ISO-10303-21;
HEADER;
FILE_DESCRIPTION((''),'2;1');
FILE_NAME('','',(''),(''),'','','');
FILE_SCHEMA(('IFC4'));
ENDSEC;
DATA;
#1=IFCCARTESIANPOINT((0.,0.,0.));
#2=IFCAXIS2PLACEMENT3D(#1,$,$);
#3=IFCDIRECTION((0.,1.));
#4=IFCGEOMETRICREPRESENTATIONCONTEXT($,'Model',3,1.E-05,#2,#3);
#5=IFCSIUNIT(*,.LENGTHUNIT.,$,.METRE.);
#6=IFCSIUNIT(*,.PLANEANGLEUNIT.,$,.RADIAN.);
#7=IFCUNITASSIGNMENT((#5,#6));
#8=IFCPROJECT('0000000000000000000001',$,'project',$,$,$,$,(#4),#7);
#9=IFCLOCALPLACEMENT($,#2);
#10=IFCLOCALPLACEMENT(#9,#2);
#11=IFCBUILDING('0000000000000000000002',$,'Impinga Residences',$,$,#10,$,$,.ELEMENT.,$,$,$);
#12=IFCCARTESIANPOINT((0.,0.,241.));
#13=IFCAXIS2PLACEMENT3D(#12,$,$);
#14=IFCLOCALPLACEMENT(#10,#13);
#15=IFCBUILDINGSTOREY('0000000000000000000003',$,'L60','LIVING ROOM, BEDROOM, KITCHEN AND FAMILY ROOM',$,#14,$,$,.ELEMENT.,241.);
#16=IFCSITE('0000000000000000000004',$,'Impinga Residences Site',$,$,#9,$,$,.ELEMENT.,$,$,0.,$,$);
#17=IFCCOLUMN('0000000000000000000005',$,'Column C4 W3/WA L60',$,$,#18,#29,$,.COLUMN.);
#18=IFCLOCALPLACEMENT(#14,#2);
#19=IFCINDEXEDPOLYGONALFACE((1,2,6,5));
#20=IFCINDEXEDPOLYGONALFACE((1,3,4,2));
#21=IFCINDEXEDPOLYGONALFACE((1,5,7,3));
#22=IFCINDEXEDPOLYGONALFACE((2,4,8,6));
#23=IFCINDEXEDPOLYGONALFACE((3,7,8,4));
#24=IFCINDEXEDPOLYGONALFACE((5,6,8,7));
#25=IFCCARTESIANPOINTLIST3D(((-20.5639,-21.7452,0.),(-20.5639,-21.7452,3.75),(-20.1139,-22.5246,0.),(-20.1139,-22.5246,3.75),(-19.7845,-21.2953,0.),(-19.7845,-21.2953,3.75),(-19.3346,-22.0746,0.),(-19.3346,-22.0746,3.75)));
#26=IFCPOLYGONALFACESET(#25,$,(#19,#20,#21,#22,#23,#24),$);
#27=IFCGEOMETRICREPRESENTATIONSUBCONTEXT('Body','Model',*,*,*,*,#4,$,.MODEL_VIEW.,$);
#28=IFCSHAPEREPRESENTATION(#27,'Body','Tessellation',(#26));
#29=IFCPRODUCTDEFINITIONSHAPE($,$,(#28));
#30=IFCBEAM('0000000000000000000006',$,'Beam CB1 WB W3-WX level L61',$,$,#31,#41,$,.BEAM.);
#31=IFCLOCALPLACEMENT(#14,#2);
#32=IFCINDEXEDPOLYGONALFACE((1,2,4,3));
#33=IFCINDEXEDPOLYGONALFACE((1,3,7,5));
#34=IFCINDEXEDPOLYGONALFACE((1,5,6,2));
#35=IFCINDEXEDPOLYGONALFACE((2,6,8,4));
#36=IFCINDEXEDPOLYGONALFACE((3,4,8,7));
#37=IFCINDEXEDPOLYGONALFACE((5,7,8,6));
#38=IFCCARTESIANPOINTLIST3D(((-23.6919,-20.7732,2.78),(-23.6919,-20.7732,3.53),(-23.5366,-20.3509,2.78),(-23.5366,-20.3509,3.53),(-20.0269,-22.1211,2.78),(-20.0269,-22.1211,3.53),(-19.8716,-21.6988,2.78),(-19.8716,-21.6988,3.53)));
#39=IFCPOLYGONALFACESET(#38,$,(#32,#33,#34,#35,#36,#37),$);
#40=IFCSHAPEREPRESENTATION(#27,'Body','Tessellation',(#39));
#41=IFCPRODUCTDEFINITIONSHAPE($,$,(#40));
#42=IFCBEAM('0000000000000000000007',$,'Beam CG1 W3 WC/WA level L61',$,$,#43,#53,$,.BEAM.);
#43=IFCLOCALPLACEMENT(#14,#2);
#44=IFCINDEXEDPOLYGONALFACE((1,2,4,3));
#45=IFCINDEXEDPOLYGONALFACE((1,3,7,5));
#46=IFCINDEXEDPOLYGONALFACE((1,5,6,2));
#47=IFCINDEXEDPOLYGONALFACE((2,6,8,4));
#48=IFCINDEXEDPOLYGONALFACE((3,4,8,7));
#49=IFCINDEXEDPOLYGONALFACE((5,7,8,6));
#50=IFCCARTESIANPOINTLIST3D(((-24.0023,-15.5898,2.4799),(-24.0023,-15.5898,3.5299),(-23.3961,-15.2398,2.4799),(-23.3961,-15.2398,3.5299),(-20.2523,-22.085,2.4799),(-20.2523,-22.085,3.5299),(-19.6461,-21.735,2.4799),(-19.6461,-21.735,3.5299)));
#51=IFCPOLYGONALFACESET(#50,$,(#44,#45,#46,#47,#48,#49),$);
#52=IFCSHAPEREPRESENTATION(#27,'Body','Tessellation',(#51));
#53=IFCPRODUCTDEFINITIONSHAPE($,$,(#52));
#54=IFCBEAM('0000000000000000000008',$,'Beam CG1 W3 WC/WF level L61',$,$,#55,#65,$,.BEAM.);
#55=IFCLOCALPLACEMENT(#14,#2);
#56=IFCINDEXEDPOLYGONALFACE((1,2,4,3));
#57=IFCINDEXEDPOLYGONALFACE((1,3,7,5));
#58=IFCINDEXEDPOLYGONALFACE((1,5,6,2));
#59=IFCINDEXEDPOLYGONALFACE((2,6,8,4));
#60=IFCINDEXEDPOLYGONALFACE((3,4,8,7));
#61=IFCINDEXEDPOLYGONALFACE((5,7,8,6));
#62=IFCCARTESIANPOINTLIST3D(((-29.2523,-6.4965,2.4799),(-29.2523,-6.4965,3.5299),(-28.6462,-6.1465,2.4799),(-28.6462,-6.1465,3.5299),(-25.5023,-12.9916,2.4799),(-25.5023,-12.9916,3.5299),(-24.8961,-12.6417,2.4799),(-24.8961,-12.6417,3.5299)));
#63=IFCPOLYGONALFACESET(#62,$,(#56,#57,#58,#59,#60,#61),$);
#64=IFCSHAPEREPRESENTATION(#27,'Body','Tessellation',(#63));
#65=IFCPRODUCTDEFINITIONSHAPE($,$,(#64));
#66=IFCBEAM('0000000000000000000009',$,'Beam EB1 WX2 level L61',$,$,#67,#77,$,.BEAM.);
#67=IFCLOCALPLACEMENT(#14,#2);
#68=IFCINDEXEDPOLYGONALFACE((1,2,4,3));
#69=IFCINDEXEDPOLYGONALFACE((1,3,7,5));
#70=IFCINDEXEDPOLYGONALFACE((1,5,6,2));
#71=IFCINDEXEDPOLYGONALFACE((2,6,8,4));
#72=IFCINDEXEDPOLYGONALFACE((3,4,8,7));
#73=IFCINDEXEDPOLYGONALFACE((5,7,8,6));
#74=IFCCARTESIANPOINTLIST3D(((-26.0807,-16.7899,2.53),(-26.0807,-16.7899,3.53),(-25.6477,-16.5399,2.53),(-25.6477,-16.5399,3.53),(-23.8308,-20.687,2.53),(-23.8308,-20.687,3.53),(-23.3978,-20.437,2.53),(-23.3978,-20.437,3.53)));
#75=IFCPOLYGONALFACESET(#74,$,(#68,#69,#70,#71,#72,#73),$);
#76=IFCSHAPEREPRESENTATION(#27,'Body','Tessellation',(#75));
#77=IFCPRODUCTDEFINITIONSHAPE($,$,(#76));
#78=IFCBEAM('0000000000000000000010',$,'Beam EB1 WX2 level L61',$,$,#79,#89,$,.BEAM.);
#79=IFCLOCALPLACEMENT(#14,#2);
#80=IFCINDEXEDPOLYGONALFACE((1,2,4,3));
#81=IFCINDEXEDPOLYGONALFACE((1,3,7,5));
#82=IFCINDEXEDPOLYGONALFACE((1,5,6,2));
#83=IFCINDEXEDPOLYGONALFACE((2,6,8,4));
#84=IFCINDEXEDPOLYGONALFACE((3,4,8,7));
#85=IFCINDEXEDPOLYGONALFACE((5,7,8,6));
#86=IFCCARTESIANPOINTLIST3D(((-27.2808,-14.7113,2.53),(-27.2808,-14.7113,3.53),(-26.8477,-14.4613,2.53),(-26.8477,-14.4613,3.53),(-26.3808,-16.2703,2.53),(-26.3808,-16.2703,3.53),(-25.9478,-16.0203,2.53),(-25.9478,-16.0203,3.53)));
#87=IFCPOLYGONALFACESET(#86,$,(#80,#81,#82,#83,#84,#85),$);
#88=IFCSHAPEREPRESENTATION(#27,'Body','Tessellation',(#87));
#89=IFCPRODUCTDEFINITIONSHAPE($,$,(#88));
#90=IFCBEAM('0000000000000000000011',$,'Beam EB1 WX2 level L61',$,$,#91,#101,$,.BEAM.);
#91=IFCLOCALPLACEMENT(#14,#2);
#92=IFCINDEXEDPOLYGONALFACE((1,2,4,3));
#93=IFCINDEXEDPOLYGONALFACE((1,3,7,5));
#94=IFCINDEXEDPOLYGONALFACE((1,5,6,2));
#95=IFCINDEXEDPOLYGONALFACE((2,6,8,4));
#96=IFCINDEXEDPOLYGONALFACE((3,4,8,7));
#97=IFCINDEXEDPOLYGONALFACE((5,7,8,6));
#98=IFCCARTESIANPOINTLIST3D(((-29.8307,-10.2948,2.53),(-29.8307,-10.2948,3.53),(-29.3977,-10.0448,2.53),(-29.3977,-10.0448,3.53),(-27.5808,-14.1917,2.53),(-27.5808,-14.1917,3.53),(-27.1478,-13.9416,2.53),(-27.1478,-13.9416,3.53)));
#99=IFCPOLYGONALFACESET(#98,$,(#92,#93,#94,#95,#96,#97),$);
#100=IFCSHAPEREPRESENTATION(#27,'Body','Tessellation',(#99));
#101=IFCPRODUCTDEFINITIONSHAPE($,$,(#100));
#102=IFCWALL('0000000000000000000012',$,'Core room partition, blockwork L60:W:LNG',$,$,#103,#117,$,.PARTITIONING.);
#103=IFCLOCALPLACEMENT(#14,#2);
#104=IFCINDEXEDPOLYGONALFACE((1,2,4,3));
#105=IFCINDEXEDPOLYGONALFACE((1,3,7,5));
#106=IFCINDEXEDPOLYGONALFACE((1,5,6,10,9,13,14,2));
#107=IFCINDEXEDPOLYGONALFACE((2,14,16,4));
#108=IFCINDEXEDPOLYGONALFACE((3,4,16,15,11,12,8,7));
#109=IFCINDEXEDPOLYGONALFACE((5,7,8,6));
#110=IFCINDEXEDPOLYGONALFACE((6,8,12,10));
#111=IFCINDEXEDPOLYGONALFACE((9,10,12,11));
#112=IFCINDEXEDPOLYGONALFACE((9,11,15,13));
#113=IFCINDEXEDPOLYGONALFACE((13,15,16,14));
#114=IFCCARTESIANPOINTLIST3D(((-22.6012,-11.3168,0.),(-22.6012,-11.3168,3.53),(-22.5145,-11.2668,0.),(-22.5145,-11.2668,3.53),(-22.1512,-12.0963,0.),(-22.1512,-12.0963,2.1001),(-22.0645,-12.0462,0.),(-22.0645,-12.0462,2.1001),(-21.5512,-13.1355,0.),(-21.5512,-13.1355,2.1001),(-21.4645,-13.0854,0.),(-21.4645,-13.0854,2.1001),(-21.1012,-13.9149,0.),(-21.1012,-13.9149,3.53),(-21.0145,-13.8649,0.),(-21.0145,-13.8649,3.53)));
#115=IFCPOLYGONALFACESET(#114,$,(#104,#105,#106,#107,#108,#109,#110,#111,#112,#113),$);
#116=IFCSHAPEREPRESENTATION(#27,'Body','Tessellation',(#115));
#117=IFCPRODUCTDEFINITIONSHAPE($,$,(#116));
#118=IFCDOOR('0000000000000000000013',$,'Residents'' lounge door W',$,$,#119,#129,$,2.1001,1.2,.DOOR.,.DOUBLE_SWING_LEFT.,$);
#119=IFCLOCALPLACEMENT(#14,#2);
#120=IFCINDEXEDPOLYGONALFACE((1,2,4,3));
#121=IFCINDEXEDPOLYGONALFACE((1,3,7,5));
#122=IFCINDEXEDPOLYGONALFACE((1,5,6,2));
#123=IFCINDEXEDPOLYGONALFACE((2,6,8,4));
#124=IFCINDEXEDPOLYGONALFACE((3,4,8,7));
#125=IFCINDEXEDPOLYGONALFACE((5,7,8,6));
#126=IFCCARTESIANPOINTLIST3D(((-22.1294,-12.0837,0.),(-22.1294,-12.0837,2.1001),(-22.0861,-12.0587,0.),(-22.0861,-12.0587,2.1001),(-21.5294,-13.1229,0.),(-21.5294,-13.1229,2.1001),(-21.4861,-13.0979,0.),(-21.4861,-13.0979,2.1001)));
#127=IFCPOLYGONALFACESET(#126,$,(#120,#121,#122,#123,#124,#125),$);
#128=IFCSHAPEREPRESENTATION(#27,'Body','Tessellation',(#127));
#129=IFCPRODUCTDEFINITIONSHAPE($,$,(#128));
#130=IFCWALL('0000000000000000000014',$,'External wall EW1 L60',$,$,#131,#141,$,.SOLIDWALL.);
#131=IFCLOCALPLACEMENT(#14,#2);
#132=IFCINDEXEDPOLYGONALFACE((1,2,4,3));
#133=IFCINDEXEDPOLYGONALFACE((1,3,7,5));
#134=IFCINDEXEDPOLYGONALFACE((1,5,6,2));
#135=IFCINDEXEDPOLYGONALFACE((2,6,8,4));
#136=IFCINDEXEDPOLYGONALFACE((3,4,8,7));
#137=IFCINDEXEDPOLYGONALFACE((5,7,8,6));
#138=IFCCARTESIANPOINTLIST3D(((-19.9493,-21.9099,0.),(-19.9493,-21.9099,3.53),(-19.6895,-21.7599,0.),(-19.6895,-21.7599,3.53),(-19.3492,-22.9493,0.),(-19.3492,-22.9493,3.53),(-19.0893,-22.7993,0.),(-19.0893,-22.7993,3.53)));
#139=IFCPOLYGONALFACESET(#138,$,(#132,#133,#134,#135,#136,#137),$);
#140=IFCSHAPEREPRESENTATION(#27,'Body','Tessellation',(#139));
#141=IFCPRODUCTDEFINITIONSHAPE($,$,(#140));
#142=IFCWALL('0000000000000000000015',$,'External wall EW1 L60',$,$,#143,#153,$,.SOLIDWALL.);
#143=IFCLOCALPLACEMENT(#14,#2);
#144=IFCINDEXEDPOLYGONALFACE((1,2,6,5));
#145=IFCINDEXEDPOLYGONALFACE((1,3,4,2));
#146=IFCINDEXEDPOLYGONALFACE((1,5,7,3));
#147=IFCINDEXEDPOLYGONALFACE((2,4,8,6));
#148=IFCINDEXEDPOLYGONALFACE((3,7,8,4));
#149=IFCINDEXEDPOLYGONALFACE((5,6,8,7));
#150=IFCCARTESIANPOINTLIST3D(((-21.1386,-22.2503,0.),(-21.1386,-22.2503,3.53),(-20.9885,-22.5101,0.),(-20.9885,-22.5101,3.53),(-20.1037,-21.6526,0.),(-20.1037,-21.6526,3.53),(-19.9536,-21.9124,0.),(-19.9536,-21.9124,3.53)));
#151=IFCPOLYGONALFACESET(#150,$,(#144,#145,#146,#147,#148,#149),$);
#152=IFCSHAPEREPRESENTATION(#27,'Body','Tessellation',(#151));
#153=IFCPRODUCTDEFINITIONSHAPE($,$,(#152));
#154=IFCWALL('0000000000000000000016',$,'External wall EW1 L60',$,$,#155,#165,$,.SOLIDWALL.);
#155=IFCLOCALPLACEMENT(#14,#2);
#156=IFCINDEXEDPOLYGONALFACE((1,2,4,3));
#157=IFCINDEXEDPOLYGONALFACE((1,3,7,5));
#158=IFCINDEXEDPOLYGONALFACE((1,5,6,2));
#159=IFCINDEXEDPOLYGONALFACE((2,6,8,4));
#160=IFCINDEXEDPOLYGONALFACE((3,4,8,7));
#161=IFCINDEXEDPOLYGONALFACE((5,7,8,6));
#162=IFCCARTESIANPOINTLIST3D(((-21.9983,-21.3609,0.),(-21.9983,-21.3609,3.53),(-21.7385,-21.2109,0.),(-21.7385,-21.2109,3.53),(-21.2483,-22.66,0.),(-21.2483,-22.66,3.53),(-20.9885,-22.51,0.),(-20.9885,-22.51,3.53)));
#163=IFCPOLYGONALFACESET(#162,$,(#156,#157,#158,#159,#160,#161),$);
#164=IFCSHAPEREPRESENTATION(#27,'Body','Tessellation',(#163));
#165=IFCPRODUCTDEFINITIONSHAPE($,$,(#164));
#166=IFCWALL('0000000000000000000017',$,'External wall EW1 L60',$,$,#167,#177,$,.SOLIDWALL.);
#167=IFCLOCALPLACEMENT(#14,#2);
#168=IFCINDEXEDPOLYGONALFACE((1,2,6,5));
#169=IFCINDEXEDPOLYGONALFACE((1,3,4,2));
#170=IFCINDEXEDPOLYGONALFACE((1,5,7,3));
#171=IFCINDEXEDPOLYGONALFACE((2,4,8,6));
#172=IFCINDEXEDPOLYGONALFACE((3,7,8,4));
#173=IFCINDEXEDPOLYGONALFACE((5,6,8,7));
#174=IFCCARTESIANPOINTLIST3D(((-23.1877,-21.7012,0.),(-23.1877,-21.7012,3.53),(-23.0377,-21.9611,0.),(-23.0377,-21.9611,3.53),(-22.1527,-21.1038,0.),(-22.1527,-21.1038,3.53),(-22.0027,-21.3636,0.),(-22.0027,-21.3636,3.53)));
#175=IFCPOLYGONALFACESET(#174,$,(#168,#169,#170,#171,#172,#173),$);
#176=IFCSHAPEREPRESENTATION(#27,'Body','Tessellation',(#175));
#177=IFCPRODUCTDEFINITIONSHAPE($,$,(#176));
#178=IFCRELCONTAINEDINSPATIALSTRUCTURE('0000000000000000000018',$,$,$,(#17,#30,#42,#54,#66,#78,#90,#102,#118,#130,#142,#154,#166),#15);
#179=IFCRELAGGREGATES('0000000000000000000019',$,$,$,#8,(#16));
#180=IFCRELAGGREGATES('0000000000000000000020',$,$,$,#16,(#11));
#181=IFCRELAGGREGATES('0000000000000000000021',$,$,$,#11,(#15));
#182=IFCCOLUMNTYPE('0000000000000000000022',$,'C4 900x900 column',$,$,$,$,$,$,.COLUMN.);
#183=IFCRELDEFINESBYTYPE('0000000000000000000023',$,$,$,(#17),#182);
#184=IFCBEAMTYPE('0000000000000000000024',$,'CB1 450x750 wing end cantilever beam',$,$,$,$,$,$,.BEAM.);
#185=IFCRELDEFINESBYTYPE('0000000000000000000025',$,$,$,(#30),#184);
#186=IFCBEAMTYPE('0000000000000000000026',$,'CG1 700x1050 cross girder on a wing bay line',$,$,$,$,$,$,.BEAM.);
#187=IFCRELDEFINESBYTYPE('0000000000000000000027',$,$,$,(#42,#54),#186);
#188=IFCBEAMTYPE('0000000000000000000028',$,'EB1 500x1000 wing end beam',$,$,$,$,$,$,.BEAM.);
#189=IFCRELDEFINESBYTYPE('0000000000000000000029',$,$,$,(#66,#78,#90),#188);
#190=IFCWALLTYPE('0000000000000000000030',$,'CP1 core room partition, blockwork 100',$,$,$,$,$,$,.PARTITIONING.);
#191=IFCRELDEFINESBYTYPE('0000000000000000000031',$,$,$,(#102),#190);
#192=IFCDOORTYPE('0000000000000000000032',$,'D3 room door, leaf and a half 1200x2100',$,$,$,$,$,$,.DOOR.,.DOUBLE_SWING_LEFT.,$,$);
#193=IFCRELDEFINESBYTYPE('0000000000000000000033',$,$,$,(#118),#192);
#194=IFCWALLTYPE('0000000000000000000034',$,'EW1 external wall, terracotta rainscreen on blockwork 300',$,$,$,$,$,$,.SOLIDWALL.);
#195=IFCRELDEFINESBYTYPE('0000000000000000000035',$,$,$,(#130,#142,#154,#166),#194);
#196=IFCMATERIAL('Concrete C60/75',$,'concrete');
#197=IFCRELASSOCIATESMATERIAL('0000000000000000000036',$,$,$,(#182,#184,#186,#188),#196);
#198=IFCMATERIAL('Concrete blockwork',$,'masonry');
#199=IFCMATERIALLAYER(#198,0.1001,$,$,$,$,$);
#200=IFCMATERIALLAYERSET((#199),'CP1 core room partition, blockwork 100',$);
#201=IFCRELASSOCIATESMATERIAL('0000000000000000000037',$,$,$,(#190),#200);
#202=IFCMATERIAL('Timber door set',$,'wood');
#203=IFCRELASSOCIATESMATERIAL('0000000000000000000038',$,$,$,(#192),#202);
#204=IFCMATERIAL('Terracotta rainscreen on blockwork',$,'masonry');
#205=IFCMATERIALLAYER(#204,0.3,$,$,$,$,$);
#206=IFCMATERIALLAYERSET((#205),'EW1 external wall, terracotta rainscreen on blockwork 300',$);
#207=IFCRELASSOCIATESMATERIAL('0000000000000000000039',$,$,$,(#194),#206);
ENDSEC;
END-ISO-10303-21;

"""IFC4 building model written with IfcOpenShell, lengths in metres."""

from ifc_helpers import new_model, si_unit, direction, frame, frame_2d, origin, origin_2d, place, context, subcontext, project, spatial, rectangle, extrude, material, layer, layer_set, material_profile, profile_set, type_object, element, fill, save


model = new_model("IFC4")

# Units and contexts
model_context = context("Model", 3, precision=1e-05, world=origin(), true_north=direction((0.0, 1.0)))
body_context = subcontext(model_context, "Body", "Model", "MODEL_VIEW")
ifc_project = project(units=[si_unit("LENGTHUNIT", "METRE"), si_unit("PLANEANGLEUNIT", "RADIAN")], contexts=[model_context])

# Site, building, storey
site_placement = place(None, origin())
site = spatial("IfcSite", under=ifc_project, at=site_placement, Name="Impinga Residences Site", CompositionType="ELEMENT", RefElevation=0.0)
building_placement = place(site_placement, origin())
building = spatial("IfcBuilding", under=site, at=building_placement, Name="Impinga Residences", CompositionType="ELEMENT")
storey_placement = place(building_placement, frame((0.0, 0.0, 241.0)))
storey = spatial("IfcBuildingStorey", under=building, at=storey_placement, Name="L60", Description="LIVING ROOM, BEDROOM, KITCHEN AND FAMILY ROOM", CompositionType="ELEMENT", Elevation=241.0)

# Column
ifc_material_1 = material(Name="Concrete C60/75", Category="concrete")
ifc_material_profile_1 = material_profile(ifc_material_1, rectangle(XDim=0.8999, YDim=0.8999, at=origin_2d()), Name="RC 900x900")
ifc_profile_set_1 = profile_set([ifc_material_profile_1], Name="Concrete C60/75")
column_type = type_object("IfcColumnType", Name="C4 900x900 column", PredefinedType="COLUMN", material=ifc_profile_set_1)
column_placement = place(storey_placement, frame((-19.9492, -21.9099, 0.0), z_axis=(0.0, 0.0, 1.0), x_axis=(-0.5, 0.866025, 0.0)))
element("IfcColumn", 1, at=column_placement, inside=storey, type_object=column_type, Name="Column C4 W3/WA L60", PredefinedType="COLUMN", context=body_context, shape_type="SweptSolid", body=[
    extrude(rectangle(XDim=0.8999, YDim=0.8999, at=origin_2d()), origin(), (0.0, 0.0, 1.0), 3.75),
])

# Beams
ifc_material_profile_2 = material_profile(ifc_material_1, rectangle(XDim=0.45, YDim=0.75, at=origin_2d()), Name="RC 450x750")
ifc_profile_set_2 = profile_set([ifc_material_profile_2], Name="Concrete C60/75")
beam_type_1 = type_object("IfcBeamType", Name="CB1 450x750 wing end cantilever beam", PredefinedType="BEAM", material=ifc_profile_set_2)
beam_1_placement = place(storey_placement, frame((-19.9492, -21.9099, 3.155), z_axis=(-0.93854, 0.345169, 0.0), x_axis=(-0.345169, -0.93854, 0.0)))
element("IfcBeam", 2, at=beam_1_placement, inside=storey, type_object=beam_type_1, Name="Beam CB1 WB W3-WX level L61", PredefinedType="BEAM", context=body_context, shape_type="SweptSolid", body=[
    extrude(rectangle(XDim=0.45, YDim=0.75, at=origin_2d()), origin(), (0.0, 0.0, 1.0), 3.905),
])
ifc_material_profile_3 = material_profile(ifc_material_1, rectangle(XDim=0.7, YDim=1.05, at=origin_2d()), Name="RC 700x1050")
ifc_profile_set_3 = profile_set([ifc_material_profile_3], Name="Concrete C60/75")
beam_type_2 = type_object("IfcBeamType", Name="CG1 700x1050 cross girder on a wing bay line", PredefinedType="BEAM", material=ifc_profile_set_3)
for number, where, z_axis, x_axis, name in (
    (3, (-23.6992, -15.4148, 3.0049), (0.500004, -0.866023, 0.0), (0.866023, 0.500004, 0.0), "Beam CG1 W3 WC/WA level L61"),
    (4, (-25.1992, -12.8167, 3.0049), (-0.500004, 0.866023, 0.0), (-0.866023, -0.500004, 0.0), "Beam CG1 W3 WC/WF level L61"),
):
    element("IfcBeam", number, at=place(storey_placement, frame(where, z_axis=z_axis, x_axis=x_axis)), inside=storey, type_object=beam_type_2, Name=name, PredefinedType="BEAM", context=body_context, shape_type="SweptSolid", body=[
        extrude(rectangle(XDim=0.7, YDim=1.05, at=origin_2d()), origin(), (0.0, 0.0, 1.0), 7.5),
    ])
ifc_material_profile_4 = material_profile(ifc_material_1, rectangle(XDim=0.5, YDim=1.0, at=origin_2d()), Name="RC 500x1000")
ifc_profile_set_4 = profile_set([ifc_material_profile_4], Name="Concrete C60/75")
beam_type_3 = type_object("IfcBeamType", Name="EB1 500x1000 wing end beam", PredefinedType="BEAM", material=ifc_profile_set_4)
beam_2_placement = place(storey_placement, frame((-23.6143, -20.562, 3.03), z_axis=(-0.49999, 0.866031, 0.0), x_axis=(-0.866031, -0.49999, 0.0)))
element("IfcBeam", 5, at=beam_2_placement, inside=storey, type_object=beam_type_3, Name="Beam EB1 WX2 level L61", PredefinedType="BEAM", context=body_context, shape_type="SweptSolid", body=[
    extrude(rectangle(XDim=0.5, YDim=1.0, at=origin_2d()), origin(), (0.0, 0.0, 1.0), 4.5),
])
beam_3_placement = place(storey_placement, frame((-26.1643, -16.1453, 3.03), z_axis=(-0.499961, 0.866048, 0.0), x_axis=(-0.866048, -0.499961, 0.0)))
element("IfcBeam", 6, at=beam_3_placement, inside=storey, type_object=beam_type_3, Name="Beam EB1 WX2 level L61", PredefinedType="BEAM", context=body_context, shape_type="SweptSolid", body=[
    extrude(rectangle(XDim=0.5, YDim=1.0, at=origin_2d()), origin(), (0.0, 0.0, 1.0), 1.8),
])
beam_4_placement = place(storey_placement, frame((-27.3643, -14.0667, 3.03), z_axis=(-0.500014, 0.866018, 0.0), x_axis=(-0.866018, -0.500014, 0.0)))
element("IfcBeam", 7, at=beam_4_placement, inside=storey, type_object=beam_type_3, Name="Beam EB1 WX2 level L61", PredefinedType="BEAM", context=body_context, shape_type="SweptSolid", body=[
    extrude(rectangle(XDim=0.5, YDim=1.0, at=origin_2d()), origin(), (0.0, 0.0, 1.0), 4.4998),
])

# Wall, opening, door
ifc_material_2 = material(Name="Concrete blockwork", Category="masonry")
ifc_layer_1 = layer(ifc_material_2, 0.1001)
ifc_layer_set_1 = layer_set([ifc_layer_1], Name="CP1 core room partition, blockwork 100")
wall_type_1 = type_object("IfcWallType", Name="CP1 core room partition, blockwork 100", PredefinedType="PARTITIONING", material=ifc_layer_set_1)
wall_1_placement = place(storey_placement, frame((-21.0579, -13.8899, 0.0), z_axis=(0.0, 0.0, 1.0), x_axis=(-0.49999, 0.866031, 0.0)))
wall_1 = element("IfcWall", 8, at=wall_1_placement, inside=storey, type_object=wall_type_1, Name="Core room partition, blockwork L60:W:LNG", PredefinedType="PARTITIONING", context=body_context, shape_type="SweptSolid", body=[
    extrude(rectangle(XDim=3.0, YDim=0.1001, at=frame_2d((1.5, 0.0))), origin(), (0.0, 0.0, 1.0), 3.53),
])
opening_1_placement = place(wall_1_placement, frame((0.8999, 0.0, 0.0)))
opening_1 = element("IfcOpeningElement", 9, at=opening_1_placement, cuts=wall_1, PredefinedType="OPENING", context=body_context, shape_type="SweptSolid", body=[
    extrude(rectangle(XDim=1.2, YDim=2.1001, at=frame_2d((0.6001, 1.05))), frame((0.0, 0.0601, 0.0), z_axis=(0.0, -1.0, 0.0), x_axis=(1.0, 0.0, 0.0)), (0.0, 0.0, 1.0), 0.1201),
])
ifc_material_3 = material(Name="Timber door set", Category="wood")
door_type = type_object("IfcDoorType", Name="D3 room door, leaf and a half 1200x2100", OperationType="DOUBLE_SWING_LEFT", PredefinedType="DOOR", material=ifc_material_3)
door_placement = place(opening_1_placement, origin())
door = element("IfcDoor", 10, at=door_placement, inside=storey, type_object=door_type, Name="Residents' lounge door W", OperationType="DOUBLE_SWING_LEFT", OverallHeight=2.1001, OverallWidth=1.2, PredefinedType="DOOR", context=body_context, shape_type="SweptSolid", body=[
    extrude(rectangle(XDim=1.2, YDim=2.1001, at=frame_2d((0.6001, 1.05))), frame((0.0, 0.0249, 0.0), z_axis=(0.0, -1.0, 0.0), x_axis=(1.0, 0.0, 0.0)), (0.0, 0.0, 1.0), 0.05),
])
fill(opening_1, door)

# Walls
ifc_material_4 = material(Name="Terracotta rainscreen on blockwork", Category="masonry")
ifc_layer_2 = layer(ifc_material_4, 0.3)
ifc_layer_set_2 = layer_set([ifc_layer_2], Name="EW1 external wall, terracotta rainscreen on blockwork 300")
wall_type_2 = type_object("IfcWallType", Name="EW1 external wall, terracotta rainscreen on blockwork 300", PredefinedType="SOLIDWALL", material=ifc_layer_set_2)
wall_2_placement = place(storey_placement, frame((-19.2192, -22.8743, 0.0), z_axis=(0.0, 0.0, 1.0), x_axis=(-0.500034, 0.866006, 0.0)))
element("IfcWall", 11, at=wall_2_placement, inside=storey, type_object=wall_type_2, Name="External wall EW1 L60", PredefinedType="SOLIDWALL", context=body_context, shape_type="SweptSolid", body=[
    extrude(rectangle(XDim=1.2002, YDim=0.3, at=frame_2d((0.6001, 0.0))), origin(), (0.0, 0.0, 1.0), 3.53),
])
wall_3_placement = place(storey_placement, frame((-20.0286, -21.7825, 0.0), z_axis=(0.0, 0.0, 1.0), x_axis=(-0.865971, -0.500094, 0.0)))
element("IfcWall", 12, at=wall_3_placement, inside=storey, type_object=wall_type_2, Name="External wall EW1 L60", PredefinedType="SOLIDWALL", context=body_context, shape_type="SweptSolid", body=[
    extrude(rectangle(XDim=1.1951, YDim=0.3, at=frame_2d((0.5977, 0.0))), origin(), (0.0, 0.0, 1.0), 3.53),
])
wall_4_placement = place(storey_placement, frame((-21.1184, -22.585, 0.0), z_axis=(0.0, 0.0, 1.0), x_axis=(-0.49999, 0.866031, 0.0)))
element("IfcWall", 13, at=wall_4_placement, inside=storey, type_object=wall_type_2, Name="External wall EW1 L60", PredefinedType="SOLIDWALL", context=body_context, shape_type="SweptSolid", body=[
    extrude(rectangle(XDim=1.5, YDim=0.3, at=frame_2d((0.75, 0.0))), origin(), (0.0, 0.0, 1.0), 3.53),
])
wall_5_placement = place(storey_placement, frame((-22.0776, -21.2336, 0.0), z_axis=(0.0, 0.0, 1.0), x_axis=(-0.86606, -0.499941, 0.0)))
element("IfcWall", 14, at=wall_5_placement, inside=storey, type_object=wall_type_2, Name="External wall EW1 L60", PredefinedType="SOLIDWALL", context=body_context, shape_type="SweptSolid", body=[
    extrude(rectangle(XDim=1.1951, YDim=0.3, at=frame_2d((0.5977, 0.0))), origin(), (0.0, 0.0, 1.0), 3.53),
])

save(model, "model.ifc")
